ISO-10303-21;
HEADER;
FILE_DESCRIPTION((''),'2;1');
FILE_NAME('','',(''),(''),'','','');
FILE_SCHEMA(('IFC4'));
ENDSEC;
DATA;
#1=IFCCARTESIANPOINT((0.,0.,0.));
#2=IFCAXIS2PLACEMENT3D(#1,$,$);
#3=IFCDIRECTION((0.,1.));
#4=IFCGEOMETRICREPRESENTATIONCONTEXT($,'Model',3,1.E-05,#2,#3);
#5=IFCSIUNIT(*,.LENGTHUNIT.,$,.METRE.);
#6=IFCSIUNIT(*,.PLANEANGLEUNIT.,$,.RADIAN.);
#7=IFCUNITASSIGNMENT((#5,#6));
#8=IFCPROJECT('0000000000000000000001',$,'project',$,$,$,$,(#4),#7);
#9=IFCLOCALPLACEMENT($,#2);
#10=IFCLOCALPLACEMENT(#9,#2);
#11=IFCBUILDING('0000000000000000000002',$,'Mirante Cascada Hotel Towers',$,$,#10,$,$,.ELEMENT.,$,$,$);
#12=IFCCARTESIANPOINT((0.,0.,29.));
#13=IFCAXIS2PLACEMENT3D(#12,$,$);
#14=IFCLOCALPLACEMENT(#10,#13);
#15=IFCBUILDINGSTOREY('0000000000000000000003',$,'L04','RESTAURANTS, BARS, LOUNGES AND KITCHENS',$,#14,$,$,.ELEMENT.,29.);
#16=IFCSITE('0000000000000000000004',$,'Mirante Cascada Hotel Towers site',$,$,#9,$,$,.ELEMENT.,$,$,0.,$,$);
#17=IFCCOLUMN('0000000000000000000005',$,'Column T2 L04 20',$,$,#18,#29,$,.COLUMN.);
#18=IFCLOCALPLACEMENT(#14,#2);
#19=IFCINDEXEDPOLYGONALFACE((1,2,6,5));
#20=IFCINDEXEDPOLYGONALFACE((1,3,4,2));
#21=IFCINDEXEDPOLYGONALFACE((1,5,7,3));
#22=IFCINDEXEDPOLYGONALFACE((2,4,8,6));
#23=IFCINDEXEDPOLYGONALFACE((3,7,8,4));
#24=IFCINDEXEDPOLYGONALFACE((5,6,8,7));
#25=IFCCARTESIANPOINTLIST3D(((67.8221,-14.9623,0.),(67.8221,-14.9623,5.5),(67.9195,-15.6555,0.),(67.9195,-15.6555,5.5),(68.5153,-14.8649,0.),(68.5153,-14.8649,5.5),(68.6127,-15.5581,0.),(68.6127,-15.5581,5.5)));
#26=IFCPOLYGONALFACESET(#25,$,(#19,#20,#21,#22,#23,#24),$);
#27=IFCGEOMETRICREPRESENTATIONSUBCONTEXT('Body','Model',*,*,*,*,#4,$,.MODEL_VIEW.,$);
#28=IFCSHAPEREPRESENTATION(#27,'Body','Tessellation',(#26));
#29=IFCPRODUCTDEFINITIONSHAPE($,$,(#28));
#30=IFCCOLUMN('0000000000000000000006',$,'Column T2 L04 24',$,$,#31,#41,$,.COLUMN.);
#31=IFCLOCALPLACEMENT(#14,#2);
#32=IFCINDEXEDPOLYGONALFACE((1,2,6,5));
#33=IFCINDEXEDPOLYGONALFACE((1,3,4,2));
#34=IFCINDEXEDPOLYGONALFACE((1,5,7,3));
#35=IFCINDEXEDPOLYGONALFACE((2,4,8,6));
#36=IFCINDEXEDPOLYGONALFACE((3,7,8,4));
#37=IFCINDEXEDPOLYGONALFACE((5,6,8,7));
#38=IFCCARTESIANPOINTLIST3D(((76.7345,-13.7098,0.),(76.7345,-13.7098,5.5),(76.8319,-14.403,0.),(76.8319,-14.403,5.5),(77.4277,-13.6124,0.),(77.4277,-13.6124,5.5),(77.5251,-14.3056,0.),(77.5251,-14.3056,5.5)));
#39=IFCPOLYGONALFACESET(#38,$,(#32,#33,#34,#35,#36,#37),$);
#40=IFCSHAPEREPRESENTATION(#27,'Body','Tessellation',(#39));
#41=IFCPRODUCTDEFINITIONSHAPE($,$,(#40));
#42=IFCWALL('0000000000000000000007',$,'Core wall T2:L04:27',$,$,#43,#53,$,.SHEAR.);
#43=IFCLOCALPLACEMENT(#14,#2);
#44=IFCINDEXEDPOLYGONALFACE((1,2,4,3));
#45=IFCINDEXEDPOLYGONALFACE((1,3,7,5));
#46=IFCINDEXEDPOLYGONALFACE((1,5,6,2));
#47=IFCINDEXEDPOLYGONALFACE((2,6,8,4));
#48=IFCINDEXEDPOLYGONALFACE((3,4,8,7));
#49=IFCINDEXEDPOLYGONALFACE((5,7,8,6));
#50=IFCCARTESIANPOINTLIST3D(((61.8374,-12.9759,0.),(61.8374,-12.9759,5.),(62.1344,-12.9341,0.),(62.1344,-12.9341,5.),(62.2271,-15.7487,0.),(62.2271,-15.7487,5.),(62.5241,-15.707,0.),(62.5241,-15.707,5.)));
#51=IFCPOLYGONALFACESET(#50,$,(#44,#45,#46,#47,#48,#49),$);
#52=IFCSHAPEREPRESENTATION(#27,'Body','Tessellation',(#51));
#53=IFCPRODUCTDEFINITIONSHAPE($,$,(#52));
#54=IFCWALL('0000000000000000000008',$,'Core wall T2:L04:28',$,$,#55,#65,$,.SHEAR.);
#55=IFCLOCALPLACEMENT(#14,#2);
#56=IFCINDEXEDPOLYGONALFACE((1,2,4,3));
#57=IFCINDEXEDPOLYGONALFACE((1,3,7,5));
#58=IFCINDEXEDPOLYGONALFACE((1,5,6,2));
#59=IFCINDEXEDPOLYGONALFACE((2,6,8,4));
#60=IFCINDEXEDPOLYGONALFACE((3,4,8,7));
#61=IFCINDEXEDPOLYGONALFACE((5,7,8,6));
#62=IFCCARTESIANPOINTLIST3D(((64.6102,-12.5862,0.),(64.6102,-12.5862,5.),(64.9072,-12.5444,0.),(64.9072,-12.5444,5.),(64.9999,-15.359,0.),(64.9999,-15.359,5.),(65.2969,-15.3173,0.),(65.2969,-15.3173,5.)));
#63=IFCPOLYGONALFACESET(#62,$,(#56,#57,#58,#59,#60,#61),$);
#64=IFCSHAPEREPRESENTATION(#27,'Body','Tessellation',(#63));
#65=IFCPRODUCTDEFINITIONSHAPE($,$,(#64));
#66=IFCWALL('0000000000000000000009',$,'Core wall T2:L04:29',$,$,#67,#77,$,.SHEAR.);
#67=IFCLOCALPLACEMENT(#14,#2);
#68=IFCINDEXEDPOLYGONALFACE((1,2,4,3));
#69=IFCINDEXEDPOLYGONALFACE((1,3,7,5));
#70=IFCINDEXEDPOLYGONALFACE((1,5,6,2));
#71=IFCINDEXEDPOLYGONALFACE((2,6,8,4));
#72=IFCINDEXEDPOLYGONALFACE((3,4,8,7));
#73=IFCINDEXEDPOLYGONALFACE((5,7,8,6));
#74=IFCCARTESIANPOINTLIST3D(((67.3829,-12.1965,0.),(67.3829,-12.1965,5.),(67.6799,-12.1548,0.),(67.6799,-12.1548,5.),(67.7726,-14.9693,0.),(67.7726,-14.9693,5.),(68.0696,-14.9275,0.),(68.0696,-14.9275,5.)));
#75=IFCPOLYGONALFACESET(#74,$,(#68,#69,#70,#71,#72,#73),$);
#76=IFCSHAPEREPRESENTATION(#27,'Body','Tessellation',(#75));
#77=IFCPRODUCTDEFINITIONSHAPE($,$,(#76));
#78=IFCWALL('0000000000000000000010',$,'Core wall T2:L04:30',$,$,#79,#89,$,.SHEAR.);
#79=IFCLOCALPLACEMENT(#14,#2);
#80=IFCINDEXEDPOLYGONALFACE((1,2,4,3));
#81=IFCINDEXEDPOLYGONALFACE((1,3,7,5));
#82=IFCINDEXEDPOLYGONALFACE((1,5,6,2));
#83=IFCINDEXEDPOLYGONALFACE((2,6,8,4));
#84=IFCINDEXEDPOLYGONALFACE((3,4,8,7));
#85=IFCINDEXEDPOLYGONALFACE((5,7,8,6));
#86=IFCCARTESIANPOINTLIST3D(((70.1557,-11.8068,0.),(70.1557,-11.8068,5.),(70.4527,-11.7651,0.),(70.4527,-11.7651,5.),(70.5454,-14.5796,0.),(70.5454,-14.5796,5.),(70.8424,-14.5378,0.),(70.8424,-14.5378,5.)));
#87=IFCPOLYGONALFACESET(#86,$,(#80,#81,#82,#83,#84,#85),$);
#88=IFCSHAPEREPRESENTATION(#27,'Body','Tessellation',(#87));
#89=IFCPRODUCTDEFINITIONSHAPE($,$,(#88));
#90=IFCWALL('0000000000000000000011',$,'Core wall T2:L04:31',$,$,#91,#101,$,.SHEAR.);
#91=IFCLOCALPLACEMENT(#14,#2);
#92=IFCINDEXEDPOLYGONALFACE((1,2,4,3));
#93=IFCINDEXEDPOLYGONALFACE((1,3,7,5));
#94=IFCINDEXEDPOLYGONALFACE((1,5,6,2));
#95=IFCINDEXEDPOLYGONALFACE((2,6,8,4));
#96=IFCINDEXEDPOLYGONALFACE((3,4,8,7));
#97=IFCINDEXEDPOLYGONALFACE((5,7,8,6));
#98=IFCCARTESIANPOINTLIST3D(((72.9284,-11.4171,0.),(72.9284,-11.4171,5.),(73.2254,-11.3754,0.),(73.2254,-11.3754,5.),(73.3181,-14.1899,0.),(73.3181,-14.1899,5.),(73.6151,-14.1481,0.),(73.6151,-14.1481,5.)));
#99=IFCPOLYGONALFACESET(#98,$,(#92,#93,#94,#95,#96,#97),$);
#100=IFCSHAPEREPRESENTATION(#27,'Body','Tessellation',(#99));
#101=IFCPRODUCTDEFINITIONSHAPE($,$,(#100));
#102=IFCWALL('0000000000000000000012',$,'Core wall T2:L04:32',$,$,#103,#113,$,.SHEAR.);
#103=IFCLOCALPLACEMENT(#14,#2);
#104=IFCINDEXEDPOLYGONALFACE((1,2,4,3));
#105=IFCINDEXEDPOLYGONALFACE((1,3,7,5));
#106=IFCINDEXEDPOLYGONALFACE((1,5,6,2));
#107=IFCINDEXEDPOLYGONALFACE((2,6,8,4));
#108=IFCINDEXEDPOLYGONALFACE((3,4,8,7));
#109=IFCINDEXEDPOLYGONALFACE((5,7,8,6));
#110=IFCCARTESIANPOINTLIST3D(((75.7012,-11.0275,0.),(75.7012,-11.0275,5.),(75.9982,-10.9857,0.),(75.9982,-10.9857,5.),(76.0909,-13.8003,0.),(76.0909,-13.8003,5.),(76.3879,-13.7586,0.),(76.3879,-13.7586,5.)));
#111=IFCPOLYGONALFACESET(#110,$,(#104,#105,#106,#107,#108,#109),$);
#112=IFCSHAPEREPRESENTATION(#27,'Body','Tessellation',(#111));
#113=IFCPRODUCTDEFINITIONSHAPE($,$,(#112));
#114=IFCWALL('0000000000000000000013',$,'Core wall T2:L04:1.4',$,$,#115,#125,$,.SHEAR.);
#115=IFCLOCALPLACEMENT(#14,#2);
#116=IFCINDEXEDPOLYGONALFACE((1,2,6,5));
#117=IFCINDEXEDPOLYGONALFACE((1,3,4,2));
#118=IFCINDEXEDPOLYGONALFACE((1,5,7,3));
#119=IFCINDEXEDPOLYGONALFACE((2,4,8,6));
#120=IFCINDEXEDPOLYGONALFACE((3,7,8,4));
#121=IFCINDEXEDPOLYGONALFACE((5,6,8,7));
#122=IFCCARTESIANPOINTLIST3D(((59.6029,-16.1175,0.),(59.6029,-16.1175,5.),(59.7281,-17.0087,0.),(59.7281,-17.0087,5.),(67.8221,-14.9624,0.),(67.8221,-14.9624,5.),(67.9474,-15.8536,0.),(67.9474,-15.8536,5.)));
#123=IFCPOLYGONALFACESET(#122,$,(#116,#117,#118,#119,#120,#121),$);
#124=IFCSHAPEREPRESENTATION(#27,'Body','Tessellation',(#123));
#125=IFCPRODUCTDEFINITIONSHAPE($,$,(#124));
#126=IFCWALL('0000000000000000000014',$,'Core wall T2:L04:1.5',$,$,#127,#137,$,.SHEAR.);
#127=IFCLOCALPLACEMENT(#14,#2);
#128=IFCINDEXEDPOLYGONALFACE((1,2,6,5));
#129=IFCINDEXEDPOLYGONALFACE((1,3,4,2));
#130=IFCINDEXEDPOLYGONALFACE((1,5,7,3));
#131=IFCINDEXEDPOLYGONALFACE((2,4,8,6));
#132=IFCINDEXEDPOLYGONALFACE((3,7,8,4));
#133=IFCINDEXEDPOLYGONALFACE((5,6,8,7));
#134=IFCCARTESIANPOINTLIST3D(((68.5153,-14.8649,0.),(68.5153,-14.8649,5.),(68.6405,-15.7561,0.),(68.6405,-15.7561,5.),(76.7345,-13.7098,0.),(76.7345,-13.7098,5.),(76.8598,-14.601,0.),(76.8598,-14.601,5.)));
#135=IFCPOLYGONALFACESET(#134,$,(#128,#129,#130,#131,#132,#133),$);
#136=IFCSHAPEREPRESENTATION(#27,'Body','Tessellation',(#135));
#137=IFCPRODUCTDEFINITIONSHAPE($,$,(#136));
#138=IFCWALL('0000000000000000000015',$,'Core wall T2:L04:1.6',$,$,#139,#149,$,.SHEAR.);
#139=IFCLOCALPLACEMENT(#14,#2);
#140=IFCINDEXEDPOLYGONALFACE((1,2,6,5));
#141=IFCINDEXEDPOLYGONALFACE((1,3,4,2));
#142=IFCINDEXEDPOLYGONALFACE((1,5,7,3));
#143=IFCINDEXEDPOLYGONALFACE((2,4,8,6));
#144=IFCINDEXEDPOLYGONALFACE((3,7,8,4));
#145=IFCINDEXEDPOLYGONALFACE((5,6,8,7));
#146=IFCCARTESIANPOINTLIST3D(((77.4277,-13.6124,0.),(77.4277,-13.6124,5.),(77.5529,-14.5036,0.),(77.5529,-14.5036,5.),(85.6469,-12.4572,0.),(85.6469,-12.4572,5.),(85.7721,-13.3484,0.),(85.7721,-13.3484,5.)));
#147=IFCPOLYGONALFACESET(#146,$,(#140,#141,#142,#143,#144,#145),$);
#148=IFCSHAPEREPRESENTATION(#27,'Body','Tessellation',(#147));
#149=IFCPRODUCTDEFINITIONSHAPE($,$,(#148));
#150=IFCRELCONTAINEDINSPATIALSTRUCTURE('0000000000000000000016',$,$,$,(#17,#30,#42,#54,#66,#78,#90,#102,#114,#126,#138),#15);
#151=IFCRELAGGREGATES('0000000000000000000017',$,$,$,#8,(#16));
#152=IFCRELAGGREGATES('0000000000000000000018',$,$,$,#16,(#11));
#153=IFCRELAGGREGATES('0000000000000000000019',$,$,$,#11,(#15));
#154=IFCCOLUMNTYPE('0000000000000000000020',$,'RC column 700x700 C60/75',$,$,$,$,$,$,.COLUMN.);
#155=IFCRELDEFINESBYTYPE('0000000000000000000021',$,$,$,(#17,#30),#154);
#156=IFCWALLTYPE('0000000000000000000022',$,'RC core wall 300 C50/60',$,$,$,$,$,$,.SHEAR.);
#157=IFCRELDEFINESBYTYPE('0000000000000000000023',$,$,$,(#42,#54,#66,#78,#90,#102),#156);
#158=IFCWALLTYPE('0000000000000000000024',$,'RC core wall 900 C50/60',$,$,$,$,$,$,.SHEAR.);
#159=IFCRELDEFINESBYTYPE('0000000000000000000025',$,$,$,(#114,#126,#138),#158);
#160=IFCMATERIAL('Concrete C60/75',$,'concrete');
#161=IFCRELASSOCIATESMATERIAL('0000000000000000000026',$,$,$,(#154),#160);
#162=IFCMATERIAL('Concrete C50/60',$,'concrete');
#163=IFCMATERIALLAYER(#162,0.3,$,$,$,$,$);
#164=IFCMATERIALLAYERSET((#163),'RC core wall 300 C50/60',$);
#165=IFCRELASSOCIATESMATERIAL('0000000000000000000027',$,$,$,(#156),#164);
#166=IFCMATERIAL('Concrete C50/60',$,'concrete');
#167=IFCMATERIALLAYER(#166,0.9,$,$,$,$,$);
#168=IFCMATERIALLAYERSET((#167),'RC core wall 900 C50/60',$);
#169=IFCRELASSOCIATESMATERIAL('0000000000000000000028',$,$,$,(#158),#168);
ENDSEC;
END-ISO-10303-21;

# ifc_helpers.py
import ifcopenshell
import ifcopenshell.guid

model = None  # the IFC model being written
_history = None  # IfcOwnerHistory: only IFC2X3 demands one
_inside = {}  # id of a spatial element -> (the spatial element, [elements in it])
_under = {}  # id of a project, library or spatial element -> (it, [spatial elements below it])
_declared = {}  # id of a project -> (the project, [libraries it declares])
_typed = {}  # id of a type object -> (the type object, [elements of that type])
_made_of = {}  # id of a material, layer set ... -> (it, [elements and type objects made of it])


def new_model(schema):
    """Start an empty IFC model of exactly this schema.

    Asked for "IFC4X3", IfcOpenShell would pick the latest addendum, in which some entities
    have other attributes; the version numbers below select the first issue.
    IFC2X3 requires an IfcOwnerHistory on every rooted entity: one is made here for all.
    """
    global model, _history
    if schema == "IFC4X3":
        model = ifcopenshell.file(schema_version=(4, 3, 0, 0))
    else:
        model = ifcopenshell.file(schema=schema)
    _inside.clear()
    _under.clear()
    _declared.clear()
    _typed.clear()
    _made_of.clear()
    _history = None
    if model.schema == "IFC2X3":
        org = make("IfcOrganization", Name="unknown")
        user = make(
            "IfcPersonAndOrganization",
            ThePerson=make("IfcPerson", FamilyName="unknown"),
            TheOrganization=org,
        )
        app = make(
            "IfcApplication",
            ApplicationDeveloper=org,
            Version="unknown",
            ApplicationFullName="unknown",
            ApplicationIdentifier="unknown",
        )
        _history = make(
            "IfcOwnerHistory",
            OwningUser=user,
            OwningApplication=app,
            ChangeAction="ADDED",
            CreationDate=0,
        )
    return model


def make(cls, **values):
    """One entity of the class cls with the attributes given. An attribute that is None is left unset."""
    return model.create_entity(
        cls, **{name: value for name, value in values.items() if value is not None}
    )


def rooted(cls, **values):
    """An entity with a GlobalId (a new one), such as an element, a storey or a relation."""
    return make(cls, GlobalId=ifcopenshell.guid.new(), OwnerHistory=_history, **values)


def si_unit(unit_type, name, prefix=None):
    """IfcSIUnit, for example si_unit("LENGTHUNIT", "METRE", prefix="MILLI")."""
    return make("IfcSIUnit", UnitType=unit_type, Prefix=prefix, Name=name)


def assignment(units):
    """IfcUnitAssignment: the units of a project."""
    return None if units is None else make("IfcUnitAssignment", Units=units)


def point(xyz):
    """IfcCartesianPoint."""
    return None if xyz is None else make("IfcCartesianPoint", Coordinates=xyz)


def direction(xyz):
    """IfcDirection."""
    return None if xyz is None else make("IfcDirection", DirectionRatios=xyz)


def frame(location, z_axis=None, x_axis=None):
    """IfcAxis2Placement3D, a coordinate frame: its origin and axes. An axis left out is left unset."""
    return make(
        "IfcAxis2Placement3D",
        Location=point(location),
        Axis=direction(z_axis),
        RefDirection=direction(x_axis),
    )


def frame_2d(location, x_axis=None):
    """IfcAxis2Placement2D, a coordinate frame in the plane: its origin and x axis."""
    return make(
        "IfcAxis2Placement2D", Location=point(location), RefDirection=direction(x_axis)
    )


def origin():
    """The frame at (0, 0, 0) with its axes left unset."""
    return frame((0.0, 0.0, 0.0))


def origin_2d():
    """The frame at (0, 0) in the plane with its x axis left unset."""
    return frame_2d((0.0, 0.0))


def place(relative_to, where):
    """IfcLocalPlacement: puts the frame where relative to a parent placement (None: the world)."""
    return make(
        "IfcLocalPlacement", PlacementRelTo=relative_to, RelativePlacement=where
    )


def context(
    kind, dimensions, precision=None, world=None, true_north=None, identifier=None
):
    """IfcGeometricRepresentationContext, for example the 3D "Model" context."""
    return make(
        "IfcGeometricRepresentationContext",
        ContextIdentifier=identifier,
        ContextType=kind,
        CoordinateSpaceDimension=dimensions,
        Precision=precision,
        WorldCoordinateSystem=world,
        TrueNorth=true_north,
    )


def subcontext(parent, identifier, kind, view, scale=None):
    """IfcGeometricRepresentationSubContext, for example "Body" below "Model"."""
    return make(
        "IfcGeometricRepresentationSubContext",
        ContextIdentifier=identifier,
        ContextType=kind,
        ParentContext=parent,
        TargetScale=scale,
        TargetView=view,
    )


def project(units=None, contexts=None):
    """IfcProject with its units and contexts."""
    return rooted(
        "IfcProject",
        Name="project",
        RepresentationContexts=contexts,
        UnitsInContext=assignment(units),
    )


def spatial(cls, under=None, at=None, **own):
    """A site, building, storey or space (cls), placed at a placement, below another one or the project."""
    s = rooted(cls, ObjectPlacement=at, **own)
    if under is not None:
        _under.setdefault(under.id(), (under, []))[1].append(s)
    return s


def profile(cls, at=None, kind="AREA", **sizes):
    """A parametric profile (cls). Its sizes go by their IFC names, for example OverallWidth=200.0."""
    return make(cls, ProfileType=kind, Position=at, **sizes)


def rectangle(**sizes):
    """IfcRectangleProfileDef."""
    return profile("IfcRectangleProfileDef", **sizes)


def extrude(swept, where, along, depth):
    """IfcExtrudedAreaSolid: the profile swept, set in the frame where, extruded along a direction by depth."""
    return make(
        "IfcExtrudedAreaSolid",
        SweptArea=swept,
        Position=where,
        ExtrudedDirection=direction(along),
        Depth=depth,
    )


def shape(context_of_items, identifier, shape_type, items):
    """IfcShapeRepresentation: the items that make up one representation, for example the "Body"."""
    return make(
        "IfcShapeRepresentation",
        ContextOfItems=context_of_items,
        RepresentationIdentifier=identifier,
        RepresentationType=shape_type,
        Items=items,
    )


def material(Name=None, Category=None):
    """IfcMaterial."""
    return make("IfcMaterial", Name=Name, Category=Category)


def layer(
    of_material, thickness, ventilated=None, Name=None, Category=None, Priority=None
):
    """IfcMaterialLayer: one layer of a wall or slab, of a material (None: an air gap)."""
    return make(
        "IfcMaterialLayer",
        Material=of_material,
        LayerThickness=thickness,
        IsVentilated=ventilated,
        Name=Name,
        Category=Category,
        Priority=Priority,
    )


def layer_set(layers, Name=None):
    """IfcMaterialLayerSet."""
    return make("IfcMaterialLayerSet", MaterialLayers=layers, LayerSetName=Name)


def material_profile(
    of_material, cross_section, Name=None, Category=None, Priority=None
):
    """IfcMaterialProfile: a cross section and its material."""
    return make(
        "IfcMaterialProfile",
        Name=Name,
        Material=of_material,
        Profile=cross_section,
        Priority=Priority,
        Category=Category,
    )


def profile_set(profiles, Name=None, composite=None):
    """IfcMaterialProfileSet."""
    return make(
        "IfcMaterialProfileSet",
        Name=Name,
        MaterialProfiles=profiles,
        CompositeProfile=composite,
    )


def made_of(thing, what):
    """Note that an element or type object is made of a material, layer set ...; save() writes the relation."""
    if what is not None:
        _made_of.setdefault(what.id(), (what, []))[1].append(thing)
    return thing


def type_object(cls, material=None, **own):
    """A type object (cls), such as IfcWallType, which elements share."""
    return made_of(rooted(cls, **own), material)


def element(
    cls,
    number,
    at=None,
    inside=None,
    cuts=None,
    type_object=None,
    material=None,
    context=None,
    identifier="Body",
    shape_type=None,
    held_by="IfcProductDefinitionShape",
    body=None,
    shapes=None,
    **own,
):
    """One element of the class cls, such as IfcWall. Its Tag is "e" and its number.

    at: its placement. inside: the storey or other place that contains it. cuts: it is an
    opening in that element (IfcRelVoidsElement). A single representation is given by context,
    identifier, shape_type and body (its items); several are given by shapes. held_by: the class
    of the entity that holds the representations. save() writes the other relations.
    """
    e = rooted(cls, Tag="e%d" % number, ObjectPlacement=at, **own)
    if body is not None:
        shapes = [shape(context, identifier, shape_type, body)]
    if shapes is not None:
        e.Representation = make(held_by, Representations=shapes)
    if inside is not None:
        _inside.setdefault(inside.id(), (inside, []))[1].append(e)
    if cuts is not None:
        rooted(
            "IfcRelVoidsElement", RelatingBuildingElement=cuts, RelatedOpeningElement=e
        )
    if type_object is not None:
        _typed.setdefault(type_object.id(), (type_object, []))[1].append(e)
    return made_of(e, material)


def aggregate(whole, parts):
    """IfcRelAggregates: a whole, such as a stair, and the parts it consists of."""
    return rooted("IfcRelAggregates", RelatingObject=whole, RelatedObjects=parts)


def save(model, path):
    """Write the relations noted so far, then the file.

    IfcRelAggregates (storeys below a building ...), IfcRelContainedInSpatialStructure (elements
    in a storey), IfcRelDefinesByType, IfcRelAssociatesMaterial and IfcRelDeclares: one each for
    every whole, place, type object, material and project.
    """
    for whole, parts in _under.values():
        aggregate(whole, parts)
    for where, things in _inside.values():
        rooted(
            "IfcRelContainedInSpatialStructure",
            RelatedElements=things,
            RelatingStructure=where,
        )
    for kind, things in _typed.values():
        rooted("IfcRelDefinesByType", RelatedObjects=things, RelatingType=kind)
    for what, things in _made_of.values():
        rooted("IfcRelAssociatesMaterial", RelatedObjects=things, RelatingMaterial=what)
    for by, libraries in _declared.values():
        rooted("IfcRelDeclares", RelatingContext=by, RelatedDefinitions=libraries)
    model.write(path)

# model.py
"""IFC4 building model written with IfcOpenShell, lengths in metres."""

from ifc_helpers import new_model, si_unit, direction, frame, frame_2d, origin, origin_2d, place, context, subcontext, project, spatial, rectangle, extrude, material, layer, layer_set, material_profile, profile_set, type_object, element, save


model = new_model("IFC4")

# Units and contexts
model_context = context("Model", 3, precision=1e-05, world=origin(), true_north=direction((0.0, 1.0)))
body_context = subcontext(model_context, "Body", "Model", "MODEL_VIEW")
ifc_project = project(units=[si_unit("LENGTHUNIT", "METRE"), si_unit("PLANEANGLEUNIT", "RADIAN")], contexts=[model_context])

# Site, building, storey
site_placement = place(None, origin())
site = spatial("IfcSite", under=ifc_project, at=site_placement, Name="Mirante Cascada Hotel Towers site", CompositionType="ELEMENT", RefElevation=0.0)
building_placement = place(site_placement, origin())
building = spatial("IfcBuilding", under=site, at=building_placement, Name="Mirante Cascada Hotel Towers", CompositionType="ELEMENT")
storey_placement = place(building_placement, frame((0.0, 0.0, 29.0)))
storey = spatial("IfcBuildingStorey", under=building, at=storey_placement, Name="L04", Description="RESTAURANTS, BARS, LOUNGES AND KITCHENS", CompositionType="ELEMENT", Elevation=29.0)

# Columns
ifc_material_1 = material(Name="Concrete C60/75", Category="concrete")
ifc_material_profile = material_profile(ifc_material_1, rectangle(XDim=0.7, YDim=0.7, at=origin_2d()), Name="RC column 700x700 C60/75")
ifc_profile_set = profile_set([ifc_material_profile], Name="Concrete C60/75")
column_type = type_object("IfcColumnType", Name="RC column 700x700 C60/75", PredefinedType="COLUMN", material=ifc_profile_set)
for number, where, z_axis, x_axis, name in (
    (1, (68.2174, -15.2602, 0.0), (0.0, 0.0, 1.0), (0.990268, 0.139173, 0.0), "Column T2 L04 20"),
    (2, (77.1298, -14.0077, 0.0), (0.0, 0.0, 1.0), (0.990268, 0.139173, 0.0), "Column T2 L04 24"),
):
    element("IfcColumn", number, at=place(storey_placement, frame(where, z_axis=z_axis, x_axis=x_axis)), inside=storey, type_object=column_type, Name=name, PredefinedType="COLUMN", context=body_context, shape_type="SweptSolid", body=[
        extrude(rectangle(XDim=0.7, YDim=0.7, at=origin_2d()), origin(), (0.0, 0.0, 1.0), 5.5),
    ])

# Walls
ifc_material_2 = material(Name="Concrete C50/60", Category="concrete")
ifc_layer_1 = layer(ifc_material_2, 0.3)
ifc_layer_set_1 = layer_set([ifc_layer_1], Name="RC core wall 300 C50/60")
wall_type_1 = type_object("IfcWallType", Name="RC core wall 300 C50/60", PredefinedType="SHEAR", material=ifc_layer_set_1)
for number, where, z_axis, x_axis, name in (
    (3, (62.3756, -15.7278, 0.0), (0.0, 0.0, 1.0), (-0.139176, 0.990268, 0.0), "Core wall T2:L04:27"),
    (4, (65.1484, -15.3381, 0.0), (0.0, 0.0, 1.0), (-0.139176, 0.990268, 0.0), "Core wall T2:L04:28"),
):
    element("IfcWall", number, at=place(storey_placement, frame(where, z_axis=z_axis, x_axis=x_axis)), inside=storey, type_object=wall_type_1, Name=name, PredefinedType="SHEAR", context=body_context, shape_type="SweptSolid", body=[
        extrude(rectangle(XDim=2.8001, YDim=0.3, at=frame_2d((1.4, 0.0))), origin(), (0.0, 0.0, 1.0), 5.0),
    ])
for number, where, z_axis, x_axis, name in (
    (5, (67.9211, -14.9484, 0.0), (0.0, 0.0, 1.0), (-0.139181, 0.990267, 0.0), "Core wall T2:L04:29"),
    (6, (70.6939, -14.5587, 0.0), (0.0, 0.0, 1.0), (-0.139181, 0.990267, 0.0), "Core wall T2:L04:30"),
    (7, (73.4666, -14.169, 0.0), (0.0, 0.0, 1.0), (-0.139181, 0.990267, 0.0), "Core wall T2:L04:31"),
):
    element("IfcWall", number, at=place(storey_placement, frame(where, z_axis=z_axis, x_axis=x_axis)), inside=storey, type_object=wall_type_1, Name=name, PredefinedType="SHEAR", context=body_context, shape_type="SweptSolid", body=[
        extrude(rectangle(XDim=2.8, YDim=0.3, at=frame_2d((1.4, 0.0))), origin(), (0.0, 0.0, 1.0), 5.0),
    ])
wall_placement = place(storey_placement, frame((76.2394, -13.7794, 0.0), z_axis=(0.0, 0.0, 1.0), x_axis=(-0.139176, 0.990268, 0.0)))
element("IfcWall", 8, at=wall_placement, inside=storey, type_object=wall_type_1, Name="Core wall T2:L04:32", PredefinedType="SHEAR", context=body_context, shape_type="SweptSolid", body=[
    extrude(rectangle(XDim=2.8001, YDim=0.3, at=frame_2d((1.4, 0.0))), origin(), (0.0, 0.0, 1.0), 5.0),
])
ifc_material_3 = material(Name="Concrete C50/60", Category="concrete")
ifc_layer_2 = layer(ifc_material_3, 0.9)
ifc_layer_set_2 = layer_set([ifc_layer_2], Name="RC core wall 900 C50/60")
wall_type_2 = type_object("IfcWallType", Name="RC core wall 900 C50/60", PredefinedType="SHEAR", material=ifc_layer_set_2)
for number, where, z_axis, x_axis, name in (
    (9, (59.6655, -16.5631, 0.0), (0.0, 0.0, 1.0), (0.990269, 0.139169, 0.0), "Core wall T2:L04:1.4"),
    (10, (68.5779, -15.3105, 0.0), (0.0, 0.0, 1.0), (0.990269, 0.139169, 0.0), "Core wall T2:L04:1.5"),
    (11, (77.4903, -14.058, 0.0), (0.0, 0.0, 1.0), (0.990267, 0.139181, 0.0), "Core wall T2:L04:1.6"),
):
    element("IfcWall", number, at=place(storey_placement, frame(where, z_axis=z_axis, x_axis=x_axis)), inside=storey, type_object=wall_type_2, Name=name, PredefinedType="SHEAR", context=body_context, shape_type="SweptSolid", body=[
        extrude(rectangle(XDim=8.3, YDim=0.9, at=frame_2d((4.15, 0.0))), origin(), (0.0, 0.0, 1.0), 5.0),
    ])

save(model, "model.ifc")
